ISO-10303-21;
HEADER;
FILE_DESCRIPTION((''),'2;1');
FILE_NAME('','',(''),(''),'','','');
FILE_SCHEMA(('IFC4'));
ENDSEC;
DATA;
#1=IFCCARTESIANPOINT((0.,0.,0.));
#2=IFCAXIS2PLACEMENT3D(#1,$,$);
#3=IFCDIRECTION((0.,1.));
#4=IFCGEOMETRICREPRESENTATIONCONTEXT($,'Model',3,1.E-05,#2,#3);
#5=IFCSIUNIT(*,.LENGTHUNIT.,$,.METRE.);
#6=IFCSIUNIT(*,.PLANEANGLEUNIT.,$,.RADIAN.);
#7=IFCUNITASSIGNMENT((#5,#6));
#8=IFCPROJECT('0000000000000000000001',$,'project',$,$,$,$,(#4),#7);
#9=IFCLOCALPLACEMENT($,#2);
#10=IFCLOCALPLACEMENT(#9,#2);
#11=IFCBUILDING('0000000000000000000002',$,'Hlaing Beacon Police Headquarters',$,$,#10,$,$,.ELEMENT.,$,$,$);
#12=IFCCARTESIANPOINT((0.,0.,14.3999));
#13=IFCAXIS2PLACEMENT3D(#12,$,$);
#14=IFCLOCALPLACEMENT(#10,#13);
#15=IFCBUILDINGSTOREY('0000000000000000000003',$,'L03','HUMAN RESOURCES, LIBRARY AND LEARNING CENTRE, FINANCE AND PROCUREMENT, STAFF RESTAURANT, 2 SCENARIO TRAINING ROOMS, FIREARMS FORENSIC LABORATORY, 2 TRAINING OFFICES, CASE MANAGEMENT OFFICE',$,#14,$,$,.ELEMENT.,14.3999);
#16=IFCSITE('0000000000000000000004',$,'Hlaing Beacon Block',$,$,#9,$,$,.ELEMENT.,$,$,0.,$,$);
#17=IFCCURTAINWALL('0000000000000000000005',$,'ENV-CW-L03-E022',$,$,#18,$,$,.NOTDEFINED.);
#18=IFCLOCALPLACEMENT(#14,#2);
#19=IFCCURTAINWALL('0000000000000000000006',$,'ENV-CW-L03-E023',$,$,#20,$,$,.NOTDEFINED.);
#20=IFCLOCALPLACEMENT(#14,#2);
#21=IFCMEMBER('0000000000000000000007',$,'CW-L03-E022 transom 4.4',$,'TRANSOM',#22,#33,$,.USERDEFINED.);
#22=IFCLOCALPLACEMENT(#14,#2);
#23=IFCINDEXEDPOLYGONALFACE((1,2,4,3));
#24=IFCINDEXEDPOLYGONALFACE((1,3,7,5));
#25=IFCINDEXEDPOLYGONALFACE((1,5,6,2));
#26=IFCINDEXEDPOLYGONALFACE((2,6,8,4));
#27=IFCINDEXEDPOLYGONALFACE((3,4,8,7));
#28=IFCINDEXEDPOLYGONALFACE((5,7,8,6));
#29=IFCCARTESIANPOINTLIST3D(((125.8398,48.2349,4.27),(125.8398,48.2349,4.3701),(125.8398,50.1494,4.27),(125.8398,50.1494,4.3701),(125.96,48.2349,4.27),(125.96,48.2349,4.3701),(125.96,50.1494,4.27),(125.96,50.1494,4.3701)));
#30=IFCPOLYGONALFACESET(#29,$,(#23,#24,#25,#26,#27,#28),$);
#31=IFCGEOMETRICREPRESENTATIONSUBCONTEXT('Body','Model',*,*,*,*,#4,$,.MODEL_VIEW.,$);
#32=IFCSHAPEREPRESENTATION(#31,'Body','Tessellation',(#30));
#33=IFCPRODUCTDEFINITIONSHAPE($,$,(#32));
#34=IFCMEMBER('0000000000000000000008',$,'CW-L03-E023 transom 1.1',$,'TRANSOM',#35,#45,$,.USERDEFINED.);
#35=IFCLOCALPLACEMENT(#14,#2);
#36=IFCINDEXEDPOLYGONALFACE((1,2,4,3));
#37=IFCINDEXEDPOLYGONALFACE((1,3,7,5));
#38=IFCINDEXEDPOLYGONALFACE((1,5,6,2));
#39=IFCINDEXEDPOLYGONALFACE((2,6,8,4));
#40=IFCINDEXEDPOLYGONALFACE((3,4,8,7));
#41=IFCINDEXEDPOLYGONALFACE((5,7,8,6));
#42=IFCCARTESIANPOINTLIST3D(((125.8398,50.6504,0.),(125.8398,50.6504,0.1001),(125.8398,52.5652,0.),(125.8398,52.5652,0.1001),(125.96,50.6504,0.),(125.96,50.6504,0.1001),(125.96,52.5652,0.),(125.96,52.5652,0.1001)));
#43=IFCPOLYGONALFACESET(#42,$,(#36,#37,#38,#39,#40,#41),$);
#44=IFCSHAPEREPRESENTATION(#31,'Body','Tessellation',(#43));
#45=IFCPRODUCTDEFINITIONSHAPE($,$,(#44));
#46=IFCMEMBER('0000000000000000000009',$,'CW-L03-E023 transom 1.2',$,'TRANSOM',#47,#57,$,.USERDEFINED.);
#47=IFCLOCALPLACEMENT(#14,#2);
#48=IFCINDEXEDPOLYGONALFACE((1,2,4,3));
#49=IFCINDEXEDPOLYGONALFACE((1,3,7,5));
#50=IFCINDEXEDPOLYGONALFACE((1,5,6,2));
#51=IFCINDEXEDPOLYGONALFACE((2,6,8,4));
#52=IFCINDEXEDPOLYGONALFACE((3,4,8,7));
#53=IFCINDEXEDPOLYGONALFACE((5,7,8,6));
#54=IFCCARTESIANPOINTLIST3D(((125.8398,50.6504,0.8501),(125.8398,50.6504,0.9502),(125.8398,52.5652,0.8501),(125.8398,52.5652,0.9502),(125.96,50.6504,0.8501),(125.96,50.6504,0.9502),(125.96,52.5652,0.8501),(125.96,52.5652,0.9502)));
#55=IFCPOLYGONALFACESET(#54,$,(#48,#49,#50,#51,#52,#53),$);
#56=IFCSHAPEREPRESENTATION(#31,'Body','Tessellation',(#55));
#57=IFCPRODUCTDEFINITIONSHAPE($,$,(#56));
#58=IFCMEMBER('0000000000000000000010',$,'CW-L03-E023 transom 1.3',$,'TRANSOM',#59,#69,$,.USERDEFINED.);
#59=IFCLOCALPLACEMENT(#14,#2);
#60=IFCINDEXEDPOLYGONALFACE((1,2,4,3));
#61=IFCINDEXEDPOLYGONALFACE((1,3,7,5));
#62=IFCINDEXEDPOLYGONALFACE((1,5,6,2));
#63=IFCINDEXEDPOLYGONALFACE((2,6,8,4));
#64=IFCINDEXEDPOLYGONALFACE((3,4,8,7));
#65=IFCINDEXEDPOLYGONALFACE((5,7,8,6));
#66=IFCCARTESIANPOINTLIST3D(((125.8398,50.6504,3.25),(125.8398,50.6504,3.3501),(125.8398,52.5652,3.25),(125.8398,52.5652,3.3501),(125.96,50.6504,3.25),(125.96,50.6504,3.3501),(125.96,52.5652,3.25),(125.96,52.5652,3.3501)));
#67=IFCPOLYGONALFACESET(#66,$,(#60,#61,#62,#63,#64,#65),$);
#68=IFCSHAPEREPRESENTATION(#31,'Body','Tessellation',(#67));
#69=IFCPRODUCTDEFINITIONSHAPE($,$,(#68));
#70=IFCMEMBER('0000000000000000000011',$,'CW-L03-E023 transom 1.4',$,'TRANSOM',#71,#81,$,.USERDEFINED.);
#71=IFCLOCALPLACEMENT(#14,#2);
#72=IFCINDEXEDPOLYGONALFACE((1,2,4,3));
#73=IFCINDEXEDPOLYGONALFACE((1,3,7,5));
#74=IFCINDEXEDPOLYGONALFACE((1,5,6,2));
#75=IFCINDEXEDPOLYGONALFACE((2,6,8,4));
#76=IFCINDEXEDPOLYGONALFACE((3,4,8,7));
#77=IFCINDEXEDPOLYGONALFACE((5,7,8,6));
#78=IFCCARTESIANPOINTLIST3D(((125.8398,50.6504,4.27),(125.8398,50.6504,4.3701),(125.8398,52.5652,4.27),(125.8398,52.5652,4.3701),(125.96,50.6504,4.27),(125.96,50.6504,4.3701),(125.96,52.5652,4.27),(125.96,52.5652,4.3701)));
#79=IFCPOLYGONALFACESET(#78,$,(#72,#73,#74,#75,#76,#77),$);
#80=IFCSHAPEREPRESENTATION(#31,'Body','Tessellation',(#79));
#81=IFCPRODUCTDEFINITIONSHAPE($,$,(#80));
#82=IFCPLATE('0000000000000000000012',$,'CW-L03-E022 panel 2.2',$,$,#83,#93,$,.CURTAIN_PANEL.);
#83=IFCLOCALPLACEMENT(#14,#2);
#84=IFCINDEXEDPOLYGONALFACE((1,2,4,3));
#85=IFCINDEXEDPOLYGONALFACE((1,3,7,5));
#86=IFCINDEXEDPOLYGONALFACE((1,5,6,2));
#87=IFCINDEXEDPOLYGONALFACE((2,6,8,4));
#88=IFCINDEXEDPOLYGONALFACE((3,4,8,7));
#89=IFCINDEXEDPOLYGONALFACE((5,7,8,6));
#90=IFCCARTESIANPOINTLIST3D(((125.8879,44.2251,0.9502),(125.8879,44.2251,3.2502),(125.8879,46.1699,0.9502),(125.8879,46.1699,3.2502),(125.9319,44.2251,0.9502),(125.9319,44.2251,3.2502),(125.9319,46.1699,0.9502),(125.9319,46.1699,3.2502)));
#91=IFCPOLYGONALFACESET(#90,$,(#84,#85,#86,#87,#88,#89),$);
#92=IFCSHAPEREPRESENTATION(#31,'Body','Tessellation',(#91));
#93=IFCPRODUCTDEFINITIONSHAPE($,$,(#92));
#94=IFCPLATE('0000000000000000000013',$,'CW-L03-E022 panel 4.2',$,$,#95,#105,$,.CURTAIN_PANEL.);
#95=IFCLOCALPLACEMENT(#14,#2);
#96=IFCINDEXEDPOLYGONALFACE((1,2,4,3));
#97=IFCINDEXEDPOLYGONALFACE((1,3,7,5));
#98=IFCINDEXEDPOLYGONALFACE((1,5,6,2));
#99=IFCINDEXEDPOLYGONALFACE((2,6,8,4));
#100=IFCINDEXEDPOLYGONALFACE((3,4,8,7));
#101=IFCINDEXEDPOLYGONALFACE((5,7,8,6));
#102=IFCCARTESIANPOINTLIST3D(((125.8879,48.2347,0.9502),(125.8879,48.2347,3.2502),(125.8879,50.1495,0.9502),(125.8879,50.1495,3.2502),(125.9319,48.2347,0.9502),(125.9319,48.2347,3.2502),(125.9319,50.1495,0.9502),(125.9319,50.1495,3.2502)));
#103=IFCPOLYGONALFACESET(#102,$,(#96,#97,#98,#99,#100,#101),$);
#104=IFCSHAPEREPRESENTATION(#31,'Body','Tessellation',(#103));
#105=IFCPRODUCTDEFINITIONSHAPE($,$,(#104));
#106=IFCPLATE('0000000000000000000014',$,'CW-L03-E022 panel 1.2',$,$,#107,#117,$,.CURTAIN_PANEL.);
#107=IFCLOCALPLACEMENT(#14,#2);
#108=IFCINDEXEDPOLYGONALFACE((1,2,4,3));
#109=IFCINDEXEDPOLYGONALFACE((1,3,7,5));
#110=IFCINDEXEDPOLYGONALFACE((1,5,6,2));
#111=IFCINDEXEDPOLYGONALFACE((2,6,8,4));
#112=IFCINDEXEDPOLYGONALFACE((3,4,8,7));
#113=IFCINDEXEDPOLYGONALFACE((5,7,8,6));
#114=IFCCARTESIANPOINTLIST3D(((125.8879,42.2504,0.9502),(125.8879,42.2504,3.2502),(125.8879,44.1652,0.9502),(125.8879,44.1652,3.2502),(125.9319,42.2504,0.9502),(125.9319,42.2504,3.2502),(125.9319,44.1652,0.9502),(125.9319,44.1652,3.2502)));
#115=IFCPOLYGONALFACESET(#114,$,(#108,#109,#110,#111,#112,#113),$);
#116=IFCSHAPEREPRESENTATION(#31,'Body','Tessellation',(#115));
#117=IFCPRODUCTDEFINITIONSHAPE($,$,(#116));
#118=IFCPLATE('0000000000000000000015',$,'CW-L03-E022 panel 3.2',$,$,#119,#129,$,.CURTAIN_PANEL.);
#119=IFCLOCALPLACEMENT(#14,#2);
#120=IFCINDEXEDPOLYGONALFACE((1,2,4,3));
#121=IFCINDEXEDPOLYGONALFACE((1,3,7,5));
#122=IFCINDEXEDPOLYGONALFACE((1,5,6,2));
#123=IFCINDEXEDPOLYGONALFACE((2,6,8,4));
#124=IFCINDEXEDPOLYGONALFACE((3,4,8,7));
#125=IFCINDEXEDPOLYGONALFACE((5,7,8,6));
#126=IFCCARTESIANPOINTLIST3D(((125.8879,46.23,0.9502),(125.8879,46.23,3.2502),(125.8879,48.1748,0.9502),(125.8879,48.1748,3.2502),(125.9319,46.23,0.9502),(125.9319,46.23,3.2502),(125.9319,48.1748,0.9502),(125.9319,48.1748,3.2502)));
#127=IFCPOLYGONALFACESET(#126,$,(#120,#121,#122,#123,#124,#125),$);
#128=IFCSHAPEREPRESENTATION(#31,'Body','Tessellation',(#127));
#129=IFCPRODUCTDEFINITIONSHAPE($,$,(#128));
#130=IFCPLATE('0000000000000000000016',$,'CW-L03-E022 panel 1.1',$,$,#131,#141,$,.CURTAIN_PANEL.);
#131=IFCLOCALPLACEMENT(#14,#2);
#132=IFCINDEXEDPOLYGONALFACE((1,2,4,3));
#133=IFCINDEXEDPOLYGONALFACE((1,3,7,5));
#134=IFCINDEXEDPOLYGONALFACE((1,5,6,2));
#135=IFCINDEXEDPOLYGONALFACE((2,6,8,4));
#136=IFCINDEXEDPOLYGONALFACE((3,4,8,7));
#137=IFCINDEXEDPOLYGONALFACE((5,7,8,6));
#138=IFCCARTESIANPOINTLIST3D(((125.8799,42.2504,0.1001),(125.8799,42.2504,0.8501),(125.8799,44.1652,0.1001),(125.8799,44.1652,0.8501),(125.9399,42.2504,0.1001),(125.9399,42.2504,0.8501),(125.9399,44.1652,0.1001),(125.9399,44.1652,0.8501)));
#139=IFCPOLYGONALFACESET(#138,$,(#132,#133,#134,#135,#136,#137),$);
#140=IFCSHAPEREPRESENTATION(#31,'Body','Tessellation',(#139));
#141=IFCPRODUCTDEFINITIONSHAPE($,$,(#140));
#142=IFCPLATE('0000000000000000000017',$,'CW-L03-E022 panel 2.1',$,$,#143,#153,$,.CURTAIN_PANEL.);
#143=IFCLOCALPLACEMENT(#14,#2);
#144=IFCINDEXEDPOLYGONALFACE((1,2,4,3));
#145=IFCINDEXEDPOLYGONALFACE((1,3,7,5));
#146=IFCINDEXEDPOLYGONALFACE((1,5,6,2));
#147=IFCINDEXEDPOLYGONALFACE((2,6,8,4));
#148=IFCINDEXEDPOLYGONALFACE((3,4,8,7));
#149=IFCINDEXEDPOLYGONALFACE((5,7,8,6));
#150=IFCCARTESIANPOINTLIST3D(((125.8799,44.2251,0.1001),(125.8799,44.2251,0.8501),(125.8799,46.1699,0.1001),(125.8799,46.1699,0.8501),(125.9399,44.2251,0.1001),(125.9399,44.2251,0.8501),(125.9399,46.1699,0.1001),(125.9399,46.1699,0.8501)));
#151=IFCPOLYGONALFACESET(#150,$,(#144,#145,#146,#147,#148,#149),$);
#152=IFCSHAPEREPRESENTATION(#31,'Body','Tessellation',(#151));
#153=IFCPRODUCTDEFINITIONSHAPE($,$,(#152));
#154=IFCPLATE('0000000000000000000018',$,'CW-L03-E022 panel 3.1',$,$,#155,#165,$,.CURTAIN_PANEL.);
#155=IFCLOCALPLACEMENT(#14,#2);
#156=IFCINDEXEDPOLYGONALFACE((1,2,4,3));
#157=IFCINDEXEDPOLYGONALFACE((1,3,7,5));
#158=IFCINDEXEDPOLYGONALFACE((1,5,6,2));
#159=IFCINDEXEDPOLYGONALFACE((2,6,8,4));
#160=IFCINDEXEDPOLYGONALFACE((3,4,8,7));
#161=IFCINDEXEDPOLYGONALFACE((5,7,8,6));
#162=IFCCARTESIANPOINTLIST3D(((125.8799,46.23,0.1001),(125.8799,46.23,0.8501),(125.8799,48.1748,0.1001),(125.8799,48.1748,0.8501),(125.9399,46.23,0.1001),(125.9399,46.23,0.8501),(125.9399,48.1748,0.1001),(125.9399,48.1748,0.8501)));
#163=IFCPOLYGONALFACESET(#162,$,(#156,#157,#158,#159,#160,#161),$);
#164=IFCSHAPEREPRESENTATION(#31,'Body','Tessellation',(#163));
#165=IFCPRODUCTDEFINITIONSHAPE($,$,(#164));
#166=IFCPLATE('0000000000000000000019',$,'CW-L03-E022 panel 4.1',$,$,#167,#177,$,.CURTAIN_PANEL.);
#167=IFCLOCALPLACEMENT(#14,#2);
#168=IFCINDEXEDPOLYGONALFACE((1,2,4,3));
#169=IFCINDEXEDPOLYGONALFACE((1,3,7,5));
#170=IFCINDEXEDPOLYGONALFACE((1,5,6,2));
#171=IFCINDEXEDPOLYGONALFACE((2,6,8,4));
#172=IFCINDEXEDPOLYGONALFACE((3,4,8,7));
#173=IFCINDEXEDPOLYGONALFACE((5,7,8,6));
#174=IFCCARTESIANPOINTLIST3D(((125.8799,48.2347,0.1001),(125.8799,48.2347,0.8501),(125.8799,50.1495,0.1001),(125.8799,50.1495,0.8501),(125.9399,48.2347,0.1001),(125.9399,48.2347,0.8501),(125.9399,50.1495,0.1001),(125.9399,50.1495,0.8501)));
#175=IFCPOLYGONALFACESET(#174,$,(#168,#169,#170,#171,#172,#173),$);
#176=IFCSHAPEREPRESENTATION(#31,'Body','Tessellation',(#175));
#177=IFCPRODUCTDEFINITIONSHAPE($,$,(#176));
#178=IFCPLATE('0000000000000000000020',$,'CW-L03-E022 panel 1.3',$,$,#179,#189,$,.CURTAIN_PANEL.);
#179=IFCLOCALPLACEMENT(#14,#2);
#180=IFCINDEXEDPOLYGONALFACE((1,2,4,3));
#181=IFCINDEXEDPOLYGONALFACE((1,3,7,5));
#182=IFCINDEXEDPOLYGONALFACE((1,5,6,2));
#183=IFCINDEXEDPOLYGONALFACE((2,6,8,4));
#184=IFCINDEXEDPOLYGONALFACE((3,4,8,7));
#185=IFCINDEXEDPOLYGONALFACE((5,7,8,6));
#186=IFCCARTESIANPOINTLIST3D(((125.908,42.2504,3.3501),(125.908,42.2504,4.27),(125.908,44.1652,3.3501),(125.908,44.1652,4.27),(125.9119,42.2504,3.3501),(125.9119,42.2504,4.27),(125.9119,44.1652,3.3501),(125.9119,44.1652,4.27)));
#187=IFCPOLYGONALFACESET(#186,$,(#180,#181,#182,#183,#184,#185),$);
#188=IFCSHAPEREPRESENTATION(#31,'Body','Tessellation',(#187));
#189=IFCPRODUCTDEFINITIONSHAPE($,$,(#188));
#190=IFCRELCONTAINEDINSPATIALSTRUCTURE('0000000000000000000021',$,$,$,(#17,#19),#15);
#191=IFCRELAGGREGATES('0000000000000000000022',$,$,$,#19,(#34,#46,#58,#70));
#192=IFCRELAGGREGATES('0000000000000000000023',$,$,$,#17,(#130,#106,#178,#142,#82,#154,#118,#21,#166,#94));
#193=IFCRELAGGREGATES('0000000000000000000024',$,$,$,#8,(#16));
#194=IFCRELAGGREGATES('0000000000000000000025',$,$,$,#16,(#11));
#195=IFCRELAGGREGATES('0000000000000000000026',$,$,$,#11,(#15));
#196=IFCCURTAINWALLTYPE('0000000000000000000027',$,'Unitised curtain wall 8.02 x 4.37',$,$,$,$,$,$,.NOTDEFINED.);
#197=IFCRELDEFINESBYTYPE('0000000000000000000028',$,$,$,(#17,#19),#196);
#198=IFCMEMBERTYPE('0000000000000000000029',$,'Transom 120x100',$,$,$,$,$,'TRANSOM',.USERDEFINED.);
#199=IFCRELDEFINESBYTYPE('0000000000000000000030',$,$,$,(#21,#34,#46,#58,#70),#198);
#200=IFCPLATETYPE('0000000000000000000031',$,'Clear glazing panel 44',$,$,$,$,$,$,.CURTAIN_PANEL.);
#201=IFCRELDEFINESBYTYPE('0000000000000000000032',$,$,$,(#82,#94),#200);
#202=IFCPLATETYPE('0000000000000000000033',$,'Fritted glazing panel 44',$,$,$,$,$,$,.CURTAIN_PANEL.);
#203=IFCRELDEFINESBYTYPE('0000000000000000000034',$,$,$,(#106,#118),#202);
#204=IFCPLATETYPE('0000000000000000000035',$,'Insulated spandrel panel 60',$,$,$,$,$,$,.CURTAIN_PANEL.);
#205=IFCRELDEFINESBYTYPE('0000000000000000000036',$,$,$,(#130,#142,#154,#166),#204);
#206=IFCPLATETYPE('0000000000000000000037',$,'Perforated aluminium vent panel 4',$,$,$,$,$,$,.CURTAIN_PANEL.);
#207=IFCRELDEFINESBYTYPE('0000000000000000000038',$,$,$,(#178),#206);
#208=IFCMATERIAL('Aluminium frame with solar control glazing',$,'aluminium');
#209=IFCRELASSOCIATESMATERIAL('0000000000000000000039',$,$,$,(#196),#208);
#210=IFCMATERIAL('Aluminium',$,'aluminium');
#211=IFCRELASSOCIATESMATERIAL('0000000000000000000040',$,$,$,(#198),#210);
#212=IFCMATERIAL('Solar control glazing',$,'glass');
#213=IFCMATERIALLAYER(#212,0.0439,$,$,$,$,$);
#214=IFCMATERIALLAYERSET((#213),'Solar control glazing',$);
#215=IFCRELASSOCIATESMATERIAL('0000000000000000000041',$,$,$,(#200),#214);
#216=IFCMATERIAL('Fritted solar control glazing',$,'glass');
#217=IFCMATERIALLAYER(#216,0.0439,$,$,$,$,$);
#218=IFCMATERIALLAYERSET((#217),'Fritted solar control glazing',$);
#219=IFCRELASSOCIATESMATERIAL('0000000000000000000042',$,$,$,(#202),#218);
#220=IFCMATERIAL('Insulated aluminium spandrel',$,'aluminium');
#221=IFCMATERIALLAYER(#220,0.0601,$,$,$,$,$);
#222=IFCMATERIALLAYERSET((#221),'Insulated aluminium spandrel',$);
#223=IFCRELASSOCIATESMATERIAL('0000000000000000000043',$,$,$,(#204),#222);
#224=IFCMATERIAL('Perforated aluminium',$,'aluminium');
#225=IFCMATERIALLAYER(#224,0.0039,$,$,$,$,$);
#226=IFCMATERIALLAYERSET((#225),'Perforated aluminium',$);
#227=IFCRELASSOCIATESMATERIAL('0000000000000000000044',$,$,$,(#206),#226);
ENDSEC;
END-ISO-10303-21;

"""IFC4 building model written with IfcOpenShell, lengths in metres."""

from ifc_helpers import new_model, si_unit, direction, frame, origin, origin_2d, place, context, subcontext, project, spatial, rectangle, extrude, material, layer, layer_set, material_profile, profile_set, type_object, element, aggregate, save


model = new_model("IFC4")

# Units and contexts
model_context = context("Model", 3, precision=1e-05, world=origin(), true_north=direction((0.0, 1.0)))
body_context = subcontext(model_context, "Body", "Model", "MODEL_VIEW")
ifc_project = project(units=[si_unit("LENGTHUNIT", "METRE"), si_unit("PLANEANGLEUNIT", "RADIAN")], contexts=[model_context])

# Site, building, storey
site_placement = place(None, origin())
site = spatial("IfcSite", under=ifc_project, at=site_placement, Name="Hlaing Beacon Block", CompositionType="ELEMENT", RefElevation=0.0)
building_placement = place(site_placement, origin())
building = spatial("IfcBuilding", under=site, at=building_placement, Name="Hlaing Beacon Police Headquarters", CompositionType="ELEMENT")
storey_placement = place(building_placement, frame((0.0, 0.0, 14.3999)))
storey = spatial("IfcBuildingStorey", under=building, at=storey_placement, Name="L03", Description="HUMAN RESOURCES, LIBRARY AND LEARNING CENTRE, FINANCE AND PROCUREMENT, STAFF RESTAURANT, 2 SCENARIO TRAINING ROOMS, FIREARMS FORENSIC LABORATORY, 2 TRAINING OFFICES, CASE MANAGEMENT OFFICE", CompositionType="ELEMENT", Elevation=14.3999)

# Curtain walls
ifc_material_1 = material(Name="Aluminium frame with solar control glazing", Category="aluminium")
curtain_wall_type = type_object("IfcCurtainWallType", Name="Unitised curtain wall 8.02 x 4.37", PredefinedType="NOTDEFINED", material=ifc_material_1)
curtain_wall_1_placement = place(storey_placement, origin())
curtain_wall_1 = element("IfcCurtainWall", 1, at=curtain_wall_1_placement, inside=storey, type_object=curtain_wall_type, Name="ENV-CW-L03-E022", PredefinedType="NOTDEFINED")
curtain_wall_2_placement = place(storey_placement, origin())
curtain_wall_2 = element("IfcCurtainWall", 2, at=curtain_wall_2_placement, inside=storey, type_object=curtain_wall_type, Name="ENV-CW-L03-E023", PredefinedType="NOTDEFINED")

# Members
ifc_material_2 = material(Name="Aluminium", Category="aluminium")
ifc_material_profile_1 = material_profile(ifc_material_2, rectangle(XDim=0.1201, YDim=0.1001, at=origin_2d()), Name="Transom 120x100")
ifc_profile_set_1 = profile_set([ifc_material_profile_1], Name="Aluminium")
member_type_1 = type_object("IfcMemberType", Name="Transom 120x100", ElementType="TRANSOM", PredefinedType="USERDEFINED", material=ifc_profile_set_1)
member_1_placement = place(storey_placement, frame((125.8999, 48.2349, 4.3201), z_axis=(0.0, 1.0, 0.0), x_axis=(-1.0, 0.0, 0.0)))
member_1 = element("IfcMember", 3, at=member_1_placement, type_object=member_type_1, Name="CW-L03-E022 transom 4.4", ObjectType="TRANSOM", PredefinedType="USERDEFINED", context=body_context, shape_type="SweptSolid", body=[
    extrude(rectangle(XDim=0.1201, YDim=0.1001, at=origin_2d()), origin(), (0.0, 0.0, 1.0), 1.9146),
])
member_2_placement = place(storey_placement, frame((125.8999, 50.6504, 0.05), z_axis=(0.0, 1.0, 0.0), x_axis=(-1.0, 0.0, 0.0)))
member_2 = element("IfcMember", 4, at=member_2_placement, type_object=member_type_1, Name="CW-L03-E023 transom 1.1", ObjectType="TRANSOM", PredefinedType="USERDEFINED", context=body_context, shape_type="SweptSolid", body=[
    extrude(rectangle(XDim=0.1201, YDim=0.1001, at=origin_2d()), origin(), (0.0, 0.0, 1.0), 1.9148),
])
member_3_placement = place(storey_placement, frame((125.8999, 50.6504, 0.9001), z_axis=(0.0, 1.0, 0.0), x_axis=(-1.0, 0.0, 0.0)))
member_3 = element("IfcMember", 5, at=member_3_placement, type_object=member_type_1, Name="CW-L03-E023 transom 1.2", ObjectType="TRANSOM", PredefinedType="USERDEFINED", context=body_context, shape_type="SweptSolid", body=[
    extrude(rectangle(XDim=0.1201, YDim=0.1001, at=origin_2d()), origin(), (0.0, 0.0, 1.0), 1.9148),
])
member_4_placement = place(storey_placement, frame((125.8999, 50.6504, 3.3), z_axis=(0.0, 1.0, 0.0), x_axis=(-1.0, 0.0, 0.0)))
member_4 = element("IfcMember", 6, at=member_4_placement, type_object=member_type_1, Name="CW-L03-E023 transom 1.3", ObjectType="TRANSOM", PredefinedType="USERDEFINED", context=body_context, shape_type="SweptSolid", body=[
    extrude(rectangle(XDim=0.1201, YDim=0.1001, at=origin_2d()), origin(), (0.0, 0.0, 1.0), 1.9148),
])
member_5_placement = place(storey_placement, frame((125.8999, 50.6504, 4.3201), z_axis=(0.0, 1.0, 0.0), x_axis=(-1.0, 0.0, 0.0)))
member_5 = element("IfcMember", 7, at=member_5_placement, type_object=member_type_1, Name="CW-L03-E023 transom 1.4", ObjectType="TRANSOM", PredefinedType="USERDEFINED", context=body_context, shape_type="SweptSolid", body=[
    extrude(rectangle(XDim=0.1201, YDim=0.1001, at=origin_2d()), origin(), (0.0, 0.0, 1.0), 1.9148),
])
aggregate(curtain_wall_2, [member_2, member_3, member_4, member_5])

# Plates
ifc_material_3 = material(Name="Solar control glazing", Category="glass")
ifc_layer_1 = layer(ifc_material_3, 0.0439)
ifc_layer_set_1 = layer_set([ifc_layer_1], Name="Solar control glazing")
plate_type_1 = type_object("IfcPlateType", Name="Clear glazing panel 44", PredefinedType="CURTAIN_PANEL", material=ifc_layer_set_1)
plate_1_placement = place(storey_placement, frame((125.9099, 45.1975, 0.9502), z_axis=(0.0, 0.0, 1.0), x_axis=(0.0, 1.0, 0.0)))
plate_1 = element("IfcPlate", 8, at=plate_1_placement, type_object=plate_type_1, Name="CW-L03-E022 panel 2.2", PredefinedType="CURTAIN_PANEL", context=body_context, shape_type="SweptSolid", body=[
    extrude(rectangle(XDim=1.9448, YDim=0.0439, at=origin_2d()), origin(), (0.0, 0.0, 1.0), 2.3),
])
plate_2_placement = place(storey_placement, frame((125.9099, 49.1921, 0.9502), z_axis=(0.0, 0.0, 1.0), x_axis=(0.0, 1.0, 0.0)))
plate_2 = element("IfcPlate", 9, at=plate_2_placement, type_object=plate_type_1, Name="CW-L03-E022 panel 4.2", PredefinedType="CURTAIN_PANEL", context=body_context, shape_type="SweptSolid", body=[
    extrude(rectangle(XDim=1.9148, YDim=0.0439, at=origin_2d()), origin(), (0.0, 0.0, 1.0), 2.3),
])
ifc_material_4 = material(Name="Fritted solar control glazing", Category="glass")
ifc_layer_2 = layer(ifc_material_4, 0.0439)
ifc_layer_set_2 = layer_set([ifc_layer_2], Name="Fritted solar control glazing")
plate_type_2 = type_object("IfcPlateType", Name="Fritted glazing panel 44", PredefinedType="CURTAIN_PANEL", material=ifc_layer_set_2)
plate_3_placement = place(storey_placement, frame((125.9099, 43.2078, 0.9502), z_axis=(0.0, 0.0, 1.0), x_axis=(0.0, 1.0, 0.0)))
plate_3 = element("IfcPlate", 10, at=plate_3_placement, type_object=plate_type_2, Name="CW-L03-E022 panel 1.2", PredefinedType="CURTAIN_PANEL", context=body_context, shape_type="SweptSolid", body=[
    extrude(rectangle(XDim=1.9148, YDim=0.0439, at=origin_2d()), origin(), (0.0, 0.0, 1.0), 2.3),
])
plate_4_placement = place(storey_placement, frame((125.9099, 47.2024, 0.9502), z_axis=(0.0, 0.0, 1.0), x_axis=(0.0, 1.0, 0.0)))
plate_4 = element("IfcPlate", 11, at=plate_4_placement, type_object=plate_type_2, Name="CW-L03-E022 panel 3.2", PredefinedType="CURTAIN_PANEL", context=body_context, shape_type="SweptSolid", body=[
    extrude(rectangle(XDim=1.9448, YDim=0.0439, at=origin_2d()), origin(), (0.0, 0.0, 1.0), 2.3),
])
ifc_material_5 = material(Name="Insulated aluminium spandrel", Category="aluminium")
ifc_layer_3 = layer(ifc_material_5, 0.0601)
ifc_layer_set_3 = layer_set([ifc_layer_3], Name="Insulated aluminium spandrel")
plate_type_3 = type_object("IfcPlateType", Name="Insulated spandrel panel 60", PredefinedType="CURTAIN_PANEL", material=ifc_layer_set_3)
plate_5_placement = place(storey_placement, frame((125.9099, 43.2078, 0.1001), z_axis=(0.0, 0.0, 1.0), x_axis=(0.0, 1.0, 0.0)))
plate_5 = element("IfcPlate", 12, at=plate_5_placement, type_object=plate_type_3, Name="CW-L03-E022 panel 1.1", PredefinedType="CURTAIN_PANEL", context=body_context, shape_type="SweptSolid", body=[
    extrude(rectangle(XDim=1.9148, YDim=0.0601, at=origin_2d()), origin(), (0.0, 0.0, 1.0), 0.75),
])
plate_6_placement = place(storey_placement, frame((125.9099, 45.1975, 0.1001), z_axis=(0.0, 0.0, 1.0), x_axis=(0.0, 1.0, 0.0)))
plate_6 = element("IfcPlate", 13, at=plate_6_placement, type_object=plate_type_3, Name="CW-L03-E022 panel 2.1", PredefinedType="CURTAIN_PANEL", context=body_context, shape_type="SweptSolid", body=[
    extrude(rectangle(XDim=1.9448, YDim=0.0601, at=origin_2d()), origin(), (0.0, 0.0, 1.0), 0.75),
])
plate_7_placement = place(storey_placement, frame((125.9099, 47.2024, 0.1001), z_axis=(0.0, 0.0, 1.0), x_axis=(0.0, 1.0, 0.0)))
plate_7 = element("IfcPlate", 14, at=plate_7_placement, type_object=plate_type_3, Name="CW-L03-E022 panel 3.1", PredefinedType="CURTAIN_PANEL", context=body_context, shape_type="SweptSolid", body=[
    extrude(rectangle(XDim=1.9448, YDim=0.0601, at=origin_2d()), origin(), (0.0, 0.0, 1.0), 0.75),
])
plate_8_placement = place(storey_placement, frame((125.9099, 49.1921, 0.1001), z_axis=(0.0, 0.0, 1.0), x_axis=(0.0, 1.0, 0.0)))
plate_8 = element("IfcPlate", 15, at=plate_8_placement, type_object=plate_type_3, Name="CW-L03-E022 panel 4.1", PredefinedType="CURTAIN_PANEL", context=body_context, shape_type="SweptSolid", body=[
    extrude(rectangle(XDim=1.9148, YDim=0.0601, at=origin_2d()), origin(), (0.0, 0.0, 1.0), 0.75),
])
ifc_material_6 = material(Name="Perforated aluminium", Category="aluminium")
ifc_layer_4 = layer(ifc_material_6, 0.0039)
ifc_layer_set_4 = layer_set([ifc_layer_4], Name="Perforated aluminium")
plate_type_4 = type_object("IfcPlateType", Name="Perforated aluminium vent panel 4", PredefinedType="CURTAIN_PANEL", material=ifc_layer_set_4)
plate_9_placement = place(storey_placement, frame((125.9099, 43.2078, 3.3501), z_axis=(0.0, 0.0, 1.0), x_axis=(0.0, 1.0, 0.0)))
plate_9 = element("IfcPlate", 16, at=plate_9_placement, type_object=plate_type_4, Name="CW-L03-E022 panel 1.3", PredefinedType="CURTAIN_PANEL", context=body_context, shape_type="SweptSolid", body=[
    extrude(rectangle(XDim=1.9148, YDim=0.0039, at=origin_2d()), origin(), (0.0, 0.0, 1.0), 0.9199),
])
aggregate(curtain_wall_1, [plate_5, plate_3, plate_9, plate_6, plate_1, plate_7, plate_4, member_1, plate_8, plate_2])

save(model, "model.ifc")
